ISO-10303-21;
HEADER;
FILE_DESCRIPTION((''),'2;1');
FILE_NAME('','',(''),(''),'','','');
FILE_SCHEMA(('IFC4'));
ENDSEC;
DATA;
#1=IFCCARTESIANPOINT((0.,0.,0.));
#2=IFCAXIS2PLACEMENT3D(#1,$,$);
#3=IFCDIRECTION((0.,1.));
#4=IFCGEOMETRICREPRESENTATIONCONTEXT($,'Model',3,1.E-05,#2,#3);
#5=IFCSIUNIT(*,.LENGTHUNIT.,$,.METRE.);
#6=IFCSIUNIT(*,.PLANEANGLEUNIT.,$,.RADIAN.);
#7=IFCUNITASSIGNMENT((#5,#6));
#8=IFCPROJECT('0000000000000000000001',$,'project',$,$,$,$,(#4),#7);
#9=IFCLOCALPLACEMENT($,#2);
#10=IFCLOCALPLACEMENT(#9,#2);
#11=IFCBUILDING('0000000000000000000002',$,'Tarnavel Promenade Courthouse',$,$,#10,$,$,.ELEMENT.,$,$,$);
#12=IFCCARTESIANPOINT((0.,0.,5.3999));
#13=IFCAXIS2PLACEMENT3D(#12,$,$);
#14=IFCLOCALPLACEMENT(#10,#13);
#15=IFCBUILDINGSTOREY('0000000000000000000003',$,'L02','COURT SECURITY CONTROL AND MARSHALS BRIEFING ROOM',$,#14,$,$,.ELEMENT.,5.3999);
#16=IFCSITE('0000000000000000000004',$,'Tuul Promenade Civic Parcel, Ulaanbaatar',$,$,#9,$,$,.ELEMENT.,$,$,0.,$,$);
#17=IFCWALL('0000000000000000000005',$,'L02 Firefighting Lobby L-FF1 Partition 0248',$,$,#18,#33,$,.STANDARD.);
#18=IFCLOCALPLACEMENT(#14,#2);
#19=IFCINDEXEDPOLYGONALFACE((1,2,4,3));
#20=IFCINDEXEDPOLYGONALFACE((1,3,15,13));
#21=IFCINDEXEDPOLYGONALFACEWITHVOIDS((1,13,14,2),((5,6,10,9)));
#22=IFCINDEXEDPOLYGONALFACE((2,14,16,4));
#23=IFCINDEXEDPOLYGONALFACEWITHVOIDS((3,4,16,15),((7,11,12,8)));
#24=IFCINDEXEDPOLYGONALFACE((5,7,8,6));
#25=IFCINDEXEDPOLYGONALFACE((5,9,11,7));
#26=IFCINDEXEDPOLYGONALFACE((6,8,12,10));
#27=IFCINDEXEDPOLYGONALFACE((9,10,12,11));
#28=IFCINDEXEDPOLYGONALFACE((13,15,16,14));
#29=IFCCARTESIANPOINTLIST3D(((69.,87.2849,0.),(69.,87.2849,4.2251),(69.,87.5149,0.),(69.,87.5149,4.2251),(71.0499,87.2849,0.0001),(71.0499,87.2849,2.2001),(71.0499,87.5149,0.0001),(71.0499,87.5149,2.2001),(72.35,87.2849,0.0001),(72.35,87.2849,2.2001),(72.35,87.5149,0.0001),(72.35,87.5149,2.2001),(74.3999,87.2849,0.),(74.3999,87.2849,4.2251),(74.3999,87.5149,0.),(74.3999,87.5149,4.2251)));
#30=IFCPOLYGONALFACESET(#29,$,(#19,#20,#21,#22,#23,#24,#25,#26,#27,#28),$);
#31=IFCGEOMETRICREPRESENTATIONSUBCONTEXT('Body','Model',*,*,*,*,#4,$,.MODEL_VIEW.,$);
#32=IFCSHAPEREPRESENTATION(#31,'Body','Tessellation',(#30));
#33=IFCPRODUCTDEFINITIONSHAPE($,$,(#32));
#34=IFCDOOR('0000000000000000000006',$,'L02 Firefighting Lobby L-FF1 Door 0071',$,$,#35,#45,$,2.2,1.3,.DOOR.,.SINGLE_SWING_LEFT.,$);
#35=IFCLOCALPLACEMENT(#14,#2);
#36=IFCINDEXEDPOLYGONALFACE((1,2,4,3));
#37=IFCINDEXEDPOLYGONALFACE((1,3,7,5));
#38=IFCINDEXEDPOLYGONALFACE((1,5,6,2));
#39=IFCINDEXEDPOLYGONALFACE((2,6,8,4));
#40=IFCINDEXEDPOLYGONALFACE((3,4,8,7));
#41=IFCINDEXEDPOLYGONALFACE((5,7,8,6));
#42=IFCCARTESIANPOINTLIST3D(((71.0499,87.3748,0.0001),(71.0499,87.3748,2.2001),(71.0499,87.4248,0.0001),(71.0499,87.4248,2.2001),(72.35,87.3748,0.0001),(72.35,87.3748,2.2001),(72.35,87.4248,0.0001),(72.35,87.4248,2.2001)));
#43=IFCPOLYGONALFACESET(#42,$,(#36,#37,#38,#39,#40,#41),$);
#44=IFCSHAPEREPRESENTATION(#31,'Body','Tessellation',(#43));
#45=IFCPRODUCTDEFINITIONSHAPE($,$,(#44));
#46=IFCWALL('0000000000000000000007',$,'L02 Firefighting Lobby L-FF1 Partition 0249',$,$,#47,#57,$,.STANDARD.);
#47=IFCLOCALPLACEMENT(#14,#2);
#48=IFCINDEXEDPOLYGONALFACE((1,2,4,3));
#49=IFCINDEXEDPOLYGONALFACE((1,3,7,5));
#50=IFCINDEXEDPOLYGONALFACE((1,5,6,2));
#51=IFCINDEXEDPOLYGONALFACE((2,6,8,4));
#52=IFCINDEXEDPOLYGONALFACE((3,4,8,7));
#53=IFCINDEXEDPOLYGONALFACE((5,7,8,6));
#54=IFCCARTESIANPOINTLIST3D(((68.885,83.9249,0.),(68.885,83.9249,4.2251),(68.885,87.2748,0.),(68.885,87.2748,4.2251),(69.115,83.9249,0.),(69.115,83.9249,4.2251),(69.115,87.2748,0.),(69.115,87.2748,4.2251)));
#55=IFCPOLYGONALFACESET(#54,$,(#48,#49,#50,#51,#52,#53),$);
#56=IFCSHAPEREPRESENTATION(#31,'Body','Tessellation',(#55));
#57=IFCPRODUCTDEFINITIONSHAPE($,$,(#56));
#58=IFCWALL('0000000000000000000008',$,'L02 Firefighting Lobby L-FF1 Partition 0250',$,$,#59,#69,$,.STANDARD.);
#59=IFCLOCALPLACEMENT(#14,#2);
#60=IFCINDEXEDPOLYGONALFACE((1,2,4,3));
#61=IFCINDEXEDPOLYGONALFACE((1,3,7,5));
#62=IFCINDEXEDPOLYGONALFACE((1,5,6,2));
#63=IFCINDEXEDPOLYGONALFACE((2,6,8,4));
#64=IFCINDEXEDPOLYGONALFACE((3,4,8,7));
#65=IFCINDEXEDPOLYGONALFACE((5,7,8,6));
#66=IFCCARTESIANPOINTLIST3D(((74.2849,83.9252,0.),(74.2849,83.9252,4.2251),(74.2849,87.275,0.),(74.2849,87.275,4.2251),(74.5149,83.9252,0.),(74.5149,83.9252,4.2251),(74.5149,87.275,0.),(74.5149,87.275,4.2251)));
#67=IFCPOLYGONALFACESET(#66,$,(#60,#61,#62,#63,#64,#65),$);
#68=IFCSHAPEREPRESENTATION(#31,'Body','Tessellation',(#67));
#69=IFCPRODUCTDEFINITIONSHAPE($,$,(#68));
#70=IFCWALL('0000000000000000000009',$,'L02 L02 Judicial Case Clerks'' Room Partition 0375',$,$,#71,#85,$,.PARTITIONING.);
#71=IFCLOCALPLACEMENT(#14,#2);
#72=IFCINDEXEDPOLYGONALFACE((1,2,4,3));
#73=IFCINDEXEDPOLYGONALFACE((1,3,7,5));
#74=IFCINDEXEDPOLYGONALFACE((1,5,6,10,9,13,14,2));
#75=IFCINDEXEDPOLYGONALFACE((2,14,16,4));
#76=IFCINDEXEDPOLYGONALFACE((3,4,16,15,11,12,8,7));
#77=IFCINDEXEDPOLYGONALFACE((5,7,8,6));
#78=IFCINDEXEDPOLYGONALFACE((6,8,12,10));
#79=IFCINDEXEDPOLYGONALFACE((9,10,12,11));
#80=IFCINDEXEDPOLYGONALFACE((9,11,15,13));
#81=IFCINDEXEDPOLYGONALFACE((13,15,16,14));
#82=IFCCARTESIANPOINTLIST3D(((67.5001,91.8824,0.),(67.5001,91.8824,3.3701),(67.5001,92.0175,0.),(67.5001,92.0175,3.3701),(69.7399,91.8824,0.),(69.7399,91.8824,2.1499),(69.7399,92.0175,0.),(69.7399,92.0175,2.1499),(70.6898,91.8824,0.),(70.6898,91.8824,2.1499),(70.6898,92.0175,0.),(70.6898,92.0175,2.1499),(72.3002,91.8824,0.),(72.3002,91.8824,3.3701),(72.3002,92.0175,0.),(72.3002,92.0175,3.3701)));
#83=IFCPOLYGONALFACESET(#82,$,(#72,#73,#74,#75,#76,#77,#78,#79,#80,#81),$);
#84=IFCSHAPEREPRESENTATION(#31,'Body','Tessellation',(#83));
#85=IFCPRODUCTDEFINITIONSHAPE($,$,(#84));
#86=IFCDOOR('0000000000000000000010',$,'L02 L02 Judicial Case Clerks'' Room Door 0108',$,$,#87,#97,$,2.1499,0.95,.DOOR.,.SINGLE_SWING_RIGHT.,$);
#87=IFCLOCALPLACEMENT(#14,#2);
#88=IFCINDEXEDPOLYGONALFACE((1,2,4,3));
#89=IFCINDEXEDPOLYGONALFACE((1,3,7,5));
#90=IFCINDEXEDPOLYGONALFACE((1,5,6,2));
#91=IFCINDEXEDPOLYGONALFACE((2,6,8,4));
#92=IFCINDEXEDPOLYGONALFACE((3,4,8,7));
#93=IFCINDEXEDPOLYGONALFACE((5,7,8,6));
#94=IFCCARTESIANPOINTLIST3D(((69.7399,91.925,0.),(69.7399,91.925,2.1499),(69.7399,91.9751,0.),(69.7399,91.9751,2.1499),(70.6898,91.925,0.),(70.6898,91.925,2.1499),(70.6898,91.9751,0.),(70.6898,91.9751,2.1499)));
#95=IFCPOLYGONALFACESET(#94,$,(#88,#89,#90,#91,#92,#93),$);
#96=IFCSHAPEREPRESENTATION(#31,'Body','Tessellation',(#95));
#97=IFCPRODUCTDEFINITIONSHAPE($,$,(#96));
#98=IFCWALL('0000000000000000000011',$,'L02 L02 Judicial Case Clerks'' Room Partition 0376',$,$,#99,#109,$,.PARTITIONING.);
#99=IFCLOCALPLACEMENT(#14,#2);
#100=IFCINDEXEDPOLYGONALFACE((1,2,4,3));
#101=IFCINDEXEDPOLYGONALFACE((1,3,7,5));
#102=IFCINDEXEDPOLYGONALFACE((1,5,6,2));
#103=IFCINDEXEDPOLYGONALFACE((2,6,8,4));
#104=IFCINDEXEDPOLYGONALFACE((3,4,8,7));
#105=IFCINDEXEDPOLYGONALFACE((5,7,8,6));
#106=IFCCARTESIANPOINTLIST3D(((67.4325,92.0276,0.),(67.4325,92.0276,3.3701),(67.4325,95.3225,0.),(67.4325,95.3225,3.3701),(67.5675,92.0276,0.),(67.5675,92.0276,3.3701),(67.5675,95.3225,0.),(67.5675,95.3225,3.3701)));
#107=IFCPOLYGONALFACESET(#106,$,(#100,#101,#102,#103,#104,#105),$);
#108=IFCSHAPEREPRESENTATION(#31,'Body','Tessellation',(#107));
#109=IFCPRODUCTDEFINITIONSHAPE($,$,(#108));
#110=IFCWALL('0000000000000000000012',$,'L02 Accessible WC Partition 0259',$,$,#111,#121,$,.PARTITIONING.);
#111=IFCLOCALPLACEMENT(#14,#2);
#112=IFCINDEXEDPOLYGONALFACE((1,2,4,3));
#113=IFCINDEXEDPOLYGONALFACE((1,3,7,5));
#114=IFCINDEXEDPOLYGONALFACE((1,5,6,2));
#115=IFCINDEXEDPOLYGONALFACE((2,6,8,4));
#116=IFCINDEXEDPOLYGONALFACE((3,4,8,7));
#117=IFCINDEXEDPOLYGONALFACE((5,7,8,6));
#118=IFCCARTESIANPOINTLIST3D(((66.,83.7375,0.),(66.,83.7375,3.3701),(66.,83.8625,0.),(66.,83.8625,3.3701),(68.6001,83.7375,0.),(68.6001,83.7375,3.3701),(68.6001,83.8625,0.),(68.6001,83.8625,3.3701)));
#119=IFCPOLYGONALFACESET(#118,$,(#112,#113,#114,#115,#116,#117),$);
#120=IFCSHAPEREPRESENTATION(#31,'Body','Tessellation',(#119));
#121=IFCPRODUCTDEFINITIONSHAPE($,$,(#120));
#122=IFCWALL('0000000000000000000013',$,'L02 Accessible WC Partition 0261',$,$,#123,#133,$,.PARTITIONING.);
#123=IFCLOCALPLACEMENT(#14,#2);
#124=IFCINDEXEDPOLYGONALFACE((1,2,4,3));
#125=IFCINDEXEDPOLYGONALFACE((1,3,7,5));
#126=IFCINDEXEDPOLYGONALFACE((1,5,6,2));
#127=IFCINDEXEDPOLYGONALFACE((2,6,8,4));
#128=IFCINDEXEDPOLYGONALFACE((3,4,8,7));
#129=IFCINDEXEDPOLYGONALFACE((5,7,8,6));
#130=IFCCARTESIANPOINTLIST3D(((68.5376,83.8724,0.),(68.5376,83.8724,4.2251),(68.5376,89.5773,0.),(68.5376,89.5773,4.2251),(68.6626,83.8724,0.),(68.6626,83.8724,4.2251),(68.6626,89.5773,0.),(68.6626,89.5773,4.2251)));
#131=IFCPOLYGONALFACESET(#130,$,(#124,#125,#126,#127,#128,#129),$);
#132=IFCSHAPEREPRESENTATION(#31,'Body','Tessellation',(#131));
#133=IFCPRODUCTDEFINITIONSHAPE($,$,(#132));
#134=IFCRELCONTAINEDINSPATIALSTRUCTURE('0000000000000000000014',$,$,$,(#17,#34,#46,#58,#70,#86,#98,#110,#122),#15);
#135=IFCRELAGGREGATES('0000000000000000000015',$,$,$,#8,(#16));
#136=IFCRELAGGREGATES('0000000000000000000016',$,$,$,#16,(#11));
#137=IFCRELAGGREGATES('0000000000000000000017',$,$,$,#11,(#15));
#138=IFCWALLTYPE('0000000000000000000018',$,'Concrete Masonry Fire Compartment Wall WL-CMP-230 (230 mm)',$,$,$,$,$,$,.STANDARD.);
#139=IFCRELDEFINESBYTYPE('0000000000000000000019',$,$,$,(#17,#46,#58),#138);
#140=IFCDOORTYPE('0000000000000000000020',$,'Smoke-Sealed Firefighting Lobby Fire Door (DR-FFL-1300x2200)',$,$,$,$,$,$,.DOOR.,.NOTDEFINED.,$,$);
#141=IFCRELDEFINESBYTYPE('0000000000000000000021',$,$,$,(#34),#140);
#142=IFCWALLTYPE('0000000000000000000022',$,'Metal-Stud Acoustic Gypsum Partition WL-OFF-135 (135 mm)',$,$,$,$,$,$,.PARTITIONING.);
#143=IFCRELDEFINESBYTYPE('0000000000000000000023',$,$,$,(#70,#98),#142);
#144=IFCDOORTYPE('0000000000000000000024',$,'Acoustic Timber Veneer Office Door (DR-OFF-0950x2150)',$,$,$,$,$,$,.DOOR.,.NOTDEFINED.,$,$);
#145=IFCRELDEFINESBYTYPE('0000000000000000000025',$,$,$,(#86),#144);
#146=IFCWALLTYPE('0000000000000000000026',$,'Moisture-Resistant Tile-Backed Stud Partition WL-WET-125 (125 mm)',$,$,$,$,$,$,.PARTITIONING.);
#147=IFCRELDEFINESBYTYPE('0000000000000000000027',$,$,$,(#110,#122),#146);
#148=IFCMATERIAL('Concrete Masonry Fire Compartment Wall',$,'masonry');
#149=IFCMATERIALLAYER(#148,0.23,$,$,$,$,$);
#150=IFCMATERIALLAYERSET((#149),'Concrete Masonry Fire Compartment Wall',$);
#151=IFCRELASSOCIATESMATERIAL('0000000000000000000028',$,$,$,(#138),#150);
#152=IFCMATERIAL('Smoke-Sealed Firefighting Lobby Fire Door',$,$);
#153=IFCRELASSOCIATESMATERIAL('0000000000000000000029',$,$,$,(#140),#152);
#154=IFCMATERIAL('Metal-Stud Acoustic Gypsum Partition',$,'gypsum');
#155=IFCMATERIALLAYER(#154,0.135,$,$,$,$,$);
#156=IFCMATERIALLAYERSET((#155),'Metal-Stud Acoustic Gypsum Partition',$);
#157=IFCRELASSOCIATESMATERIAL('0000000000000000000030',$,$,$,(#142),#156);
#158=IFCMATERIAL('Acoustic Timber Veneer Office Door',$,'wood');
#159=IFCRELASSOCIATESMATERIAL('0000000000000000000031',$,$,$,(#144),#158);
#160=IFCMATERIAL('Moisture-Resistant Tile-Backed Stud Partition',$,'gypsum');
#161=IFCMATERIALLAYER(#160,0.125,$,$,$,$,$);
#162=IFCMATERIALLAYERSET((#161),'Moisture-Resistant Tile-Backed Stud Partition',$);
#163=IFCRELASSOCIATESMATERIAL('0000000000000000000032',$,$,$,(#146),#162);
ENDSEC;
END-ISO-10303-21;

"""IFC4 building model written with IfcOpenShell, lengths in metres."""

from ifc_helpers import new_model, si_unit, direction, frame, frame_2d, origin, place, context, subcontext, project, spatial, rectangle, extrude, material, layer, layer_set, type_object, element, fill, save


model = new_model("IFC4")

# Units and contexts
model_context = context("Model", 3, precision=1e-05, world=origin(), true_north=direction((0.0, 1.0)))
body_context = subcontext(model_context, "Body", "Model", "MODEL_VIEW")
ifc_project = project(units=[si_unit("LENGTHUNIT", "METRE"), si_unit("PLANEANGLEUNIT", "RADIAN")], contexts=[model_context])

# Site, building, storey
site_placement = place(None, origin())
site = spatial("IfcSite", under=ifc_project, at=site_placement, Name="Tuul Promenade Civic Parcel, Ulaanbaatar", CompositionType="ELEMENT", RefElevation=0.0)
building_placement = place(site_placement, origin())
building = spatial("IfcBuilding", under=site, at=building_placement, Name="Tarnavel Promenade Courthouse", CompositionType="ELEMENT")
storey_placement = place(building_placement, frame((0.0, 0.0, 5.3999)))
storey = spatial("IfcBuildingStorey", under=building, at=storey_placement, Name="L02", Description="COURT SECURITY CONTROL AND MARSHALS BRIEFING ROOM", CompositionType="ELEMENT", Elevation=5.3999)

# Wall, opening, door
ifc_material_1 = material(Name="Concrete Masonry Fire Compartment Wall", Category="masonry")
ifc_layer_1 = layer(ifc_material_1, 0.23)
ifc_layer_set_1 = layer_set([ifc_layer_1], Name="Concrete Masonry Fire Compartment Wall")
wall_type_1 = type_object("IfcWallType", Name="Concrete Masonry Fire Compartment Wall WL-CMP-230 (230 mm)", PredefinedType="STANDARD", material=ifc_layer_set_1)
wall_1_placement = place(storey_placement, frame((69.0, 87.3999, 0.0), z_axis=(0.0, 0.0, 1.0), x_axis=(1.0, 0.0, 0.0)))
wall_1 = element("IfcWall", 1, at=wall_1_placement, inside=storey, type_object=wall_type_1, Name="L02 Firefighting Lobby L-FF1 Partition 0248", PredefinedType="STANDARD", context=body_context, shape_type="SweptSolid", body=[
    extrude(rectangle(XDim=5.3999, YDim=0.23, at=frame_2d((2.7, 0.0))), origin(), (0.0, 0.0, 1.0), 4.2251),
])
opening_1_placement = place(wall_1_placement, frame((2.05, 0.0, 0.0)))
opening_1 = element("IfcOpeningElement", 2, at=opening_1_placement, cuts=wall_1, PredefinedType="OPENING", context=body_context, shape_type="SweptSolid", body=[
    extrude(rectangle(XDim=1.3, YDim=2.2, at=frame_2d((0.6499, 1.1001))), frame((0.0, 0.125, 0.0), z_axis=(0.0, -1.0, 0.0), x_axis=(1.0, 0.0, 0.0)), (0.0, 0.0, 1.0), 0.25),
])
ifc_material_2 = material(Name="Smoke-Sealed Firefighting Lobby Fire Door")
door_type_1 = type_object("IfcDoorType", Name="Smoke-Sealed Firefighting Lobby Fire Door (DR-FFL-1300x2200)", OperationType="NOTDEFINED", PredefinedType="DOOR", material=ifc_material_2)
door_1_placement = place(opening_1_placement, origin())
door_1 = element("IfcDoor", 3, at=door_1_placement, inside=storey, type_object=door_type_1, Name="L02 Firefighting Lobby L-FF1 Door 0071", OperationType="SINGLE_SWING_LEFT", OverallHeight=2.2, OverallWidth=1.3, PredefinedType="DOOR", context=body_context, shape_type="SweptSolid", body=[
    extrude(rectangle(XDim=1.3, YDim=2.2, at=frame_2d((0.6499, 1.1001))), frame((0.0, 0.0249, 0.0), z_axis=(0.0, -1.0, 0.0), x_axis=(1.0, 0.0, 0.0)), (0.0, 0.0, 1.0), 0.05),
])
fill(opening_1, door_1)

# Walls
for number, where, z_axis, x_axis, name in (
    (4, (69.0, 83.925, 0.0), (0.0, 0.0, 1.0), (0.0, 1.0, 0.0), "L02 Firefighting Lobby L-FF1 Partition 0249"),
    (5, (74.3999, 87.2749, 0.0), (0.0, 0.0, 1.0), (0.0, -1.0, 0.0), "L02 Firefighting Lobby L-FF1 Partition 0250"),
):
    element("IfcWall", number, at=place(storey_placement, frame(where, z_axis=z_axis, x_axis=x_axis)), inside=storey, type_object=wall_type_1, Name=name, PredefinedType="STANDARD", context=body_context, shape_type="SweptSolid", body=[
        extrude(rectangle(XDim=3.3499, YDim=0.23, at=frame_2d((1.6748, 0.0))), origin(), (0.0, 0.0, 1.0), 4.2251),
    ])

# Wall, opening, door
ifc_material_3 = material(Name="Metal-Stud Acoustic Gypsum Partition", Category="gypsum")
ifc_layer_2 = layer(ifc_material_3, 0.135)
ifc_layer_set_2 = layer_set([ifc_layer_2], Name="Metal-Stud Acoustic Gypsum Partition")
wall_type_2 = type_object("IfcWallType", Name="Metal-Stud Acoustic Gypsum Partition WL-OFF-135 (135 mm)", PredefinedType="PARTITIONING", material=ifc_layer_set_2)
wall_2_placement = place(storey_placement, frame((72.3, 91.95, 0.0), z_axis=(0.0, 0.0, 1.0), x_axis=(-1.0, 0.0, 0.0)))
wall_2 = element("IfcWall", 6, at=wall_2_placement, inside=storey, type_object=wall_type_2, Name="L02 L02 Judicial Case Clerks' Room Partition 0375", PredefinedType="PARTITIONING", context=body_context, shape_type="SweptSolid", body=[
    extrude(rectangle(XDim=4.8, YDim=0.135, at=frame_2d((2.3999, 0.0))), origin(), (0.0, 0.0, 1.0), 3.3701),
])
opening_2_placement = place(wall_2_placement, frame((1.6101, 0.0, 0.0)))
opening_2 = element("IfcOpeningElement", 7, at=opening_2_placement, cuts=wall_2, PredefinedType="OPENING", context=body_context, shape_type="SweptSolid", body=[
    extrude(rectangle(XDim=0.95, YDim=2.1499, at=frame_2d((0.4751, 1.075))), frame((0.0, 0.0774, 0.0), z_axis=(0.0, -1.0, 0.0), x_axis=(1.0, 0.0, 0.0)), (0.0, 0.0, 1.0), 0.155),
])
ifc_material_4 = material(Name="Acoustic Timber Veneer Office Door", Category="wood")
door_type_2 = type_object("IfcDoorType", Name="Acoustic Timber Veneer Office Door (DR-OFF-0950x2150)", OperationType="NOTDEFINED", PredefinedType="DOOR", material=ifc_material_4)
door_2_placement = place(opening_2_placement, origin())
door_2 = element("IfcDoor", 8, at=door_2_placement, inside=storey, type_object=door_type_2, Name="L02 L02 Judicial Case Clerks' Room Door 0108", OperationType="SINGLE_SWING_RIGHT", OverallHeight=2.1499, OverallWidth=0.95, PredefinedType="DOOR", context=body_context, shape_type="SweptSolid", body=[
    extrude(rectangle(XDim=0.95, YDim=2.1499, at=frame_2d((0.4751, 1.075))), frame((0.0, 0.0249, 0.0), z_axis=(0.0, -1.0, 0.0), x_axis=(1.0, 0.0, 0.0)), (0.0, 0.0, 1.0), 0.05),
])
fill(opening_2, door_2)

# Walls
wall_3_placement = place(storey_placement, frame((67.5, 92.0276, 0.0), z_axis=(0.0, 0.0, 1.0), x_axis=(0.0, 1.0, 0.0)))
element("IfcWall", 9, at=wall_3_placement, inside=storey, type_object=wall_type_2, Name="L02 L02 Judicial Case Clerks' Room Partition 0376", PredefinedType="PARTITIONING", context=body_context, shape_type="SweptSolid", body=[
    extrude(rectangle(XDim=3.2949, YDim=0.135, at=frame_2d((1.6475, 0.0))), origin(), (0.0, 0.0, 1.0), 3.3701),
])
ifc_material_5 = material(Name="Moisture-Resistant Tile-Backed Stud Partition", Category="gypsum")
ifc_layer_3 = layer(ifc_material_5, 0.125)
ifc_layer_set_3 = layer_set([ifc_layer_3], Name="Moisture-Resistant Tile-Backed Stud Partition")
wall_type_3 = type_object("IfcWallType", Name="Moisture-Resistant Tile-Backed Stud Partition WL-WET-125 (125 mm)", PredefinedType="PARTITIONING", material=ifc_layer_set_3)
wall_4_placement = place(storey_placement, frame((68.6001, 83.8, 0.0), z_axis=(0.0, 0.0, 1.0), x_axis=(-1.0, 0.0, 0.0)))
element("IfcWall", 10, at=wall_4_placement, inside=storey, type_object=wall_type_3, Name="L02 Accessible WC Partition 0259", PredefinedType="PARTITIONING", context=body_context, shape_type="SweptSolid", body=[
    extrude(rectangle(XDim=2.6001, YDim=0.125, at=frame_2d((1.3, 0.0))), origin(), (0.0, 0.0, 1.0), 3.3701),
])
wall_5_placement = place(storey_placement, frame((68.6001, 89.5774, 0.0), z_axis=(0.0, 0.0, 1.0), x_axis=(0.0, -1.0, 0.0)))
element("IfcWall", 11, at=wall_5_placement, inside=storey, type_object=wall_type_3, Name="L02 Accessible WC Partition 0261", PredefinedType="PARTITIONING", context=body_context, shape_type="SweptSolid", body=[
    extrude(rectangle(XDim=5.7048, YDim=0.125, at=frame_2d((2.8525, 0.0))), origin(), (0.0, 0.0, 1.0), 4.2251),
])

save(model, "model.ifc")
